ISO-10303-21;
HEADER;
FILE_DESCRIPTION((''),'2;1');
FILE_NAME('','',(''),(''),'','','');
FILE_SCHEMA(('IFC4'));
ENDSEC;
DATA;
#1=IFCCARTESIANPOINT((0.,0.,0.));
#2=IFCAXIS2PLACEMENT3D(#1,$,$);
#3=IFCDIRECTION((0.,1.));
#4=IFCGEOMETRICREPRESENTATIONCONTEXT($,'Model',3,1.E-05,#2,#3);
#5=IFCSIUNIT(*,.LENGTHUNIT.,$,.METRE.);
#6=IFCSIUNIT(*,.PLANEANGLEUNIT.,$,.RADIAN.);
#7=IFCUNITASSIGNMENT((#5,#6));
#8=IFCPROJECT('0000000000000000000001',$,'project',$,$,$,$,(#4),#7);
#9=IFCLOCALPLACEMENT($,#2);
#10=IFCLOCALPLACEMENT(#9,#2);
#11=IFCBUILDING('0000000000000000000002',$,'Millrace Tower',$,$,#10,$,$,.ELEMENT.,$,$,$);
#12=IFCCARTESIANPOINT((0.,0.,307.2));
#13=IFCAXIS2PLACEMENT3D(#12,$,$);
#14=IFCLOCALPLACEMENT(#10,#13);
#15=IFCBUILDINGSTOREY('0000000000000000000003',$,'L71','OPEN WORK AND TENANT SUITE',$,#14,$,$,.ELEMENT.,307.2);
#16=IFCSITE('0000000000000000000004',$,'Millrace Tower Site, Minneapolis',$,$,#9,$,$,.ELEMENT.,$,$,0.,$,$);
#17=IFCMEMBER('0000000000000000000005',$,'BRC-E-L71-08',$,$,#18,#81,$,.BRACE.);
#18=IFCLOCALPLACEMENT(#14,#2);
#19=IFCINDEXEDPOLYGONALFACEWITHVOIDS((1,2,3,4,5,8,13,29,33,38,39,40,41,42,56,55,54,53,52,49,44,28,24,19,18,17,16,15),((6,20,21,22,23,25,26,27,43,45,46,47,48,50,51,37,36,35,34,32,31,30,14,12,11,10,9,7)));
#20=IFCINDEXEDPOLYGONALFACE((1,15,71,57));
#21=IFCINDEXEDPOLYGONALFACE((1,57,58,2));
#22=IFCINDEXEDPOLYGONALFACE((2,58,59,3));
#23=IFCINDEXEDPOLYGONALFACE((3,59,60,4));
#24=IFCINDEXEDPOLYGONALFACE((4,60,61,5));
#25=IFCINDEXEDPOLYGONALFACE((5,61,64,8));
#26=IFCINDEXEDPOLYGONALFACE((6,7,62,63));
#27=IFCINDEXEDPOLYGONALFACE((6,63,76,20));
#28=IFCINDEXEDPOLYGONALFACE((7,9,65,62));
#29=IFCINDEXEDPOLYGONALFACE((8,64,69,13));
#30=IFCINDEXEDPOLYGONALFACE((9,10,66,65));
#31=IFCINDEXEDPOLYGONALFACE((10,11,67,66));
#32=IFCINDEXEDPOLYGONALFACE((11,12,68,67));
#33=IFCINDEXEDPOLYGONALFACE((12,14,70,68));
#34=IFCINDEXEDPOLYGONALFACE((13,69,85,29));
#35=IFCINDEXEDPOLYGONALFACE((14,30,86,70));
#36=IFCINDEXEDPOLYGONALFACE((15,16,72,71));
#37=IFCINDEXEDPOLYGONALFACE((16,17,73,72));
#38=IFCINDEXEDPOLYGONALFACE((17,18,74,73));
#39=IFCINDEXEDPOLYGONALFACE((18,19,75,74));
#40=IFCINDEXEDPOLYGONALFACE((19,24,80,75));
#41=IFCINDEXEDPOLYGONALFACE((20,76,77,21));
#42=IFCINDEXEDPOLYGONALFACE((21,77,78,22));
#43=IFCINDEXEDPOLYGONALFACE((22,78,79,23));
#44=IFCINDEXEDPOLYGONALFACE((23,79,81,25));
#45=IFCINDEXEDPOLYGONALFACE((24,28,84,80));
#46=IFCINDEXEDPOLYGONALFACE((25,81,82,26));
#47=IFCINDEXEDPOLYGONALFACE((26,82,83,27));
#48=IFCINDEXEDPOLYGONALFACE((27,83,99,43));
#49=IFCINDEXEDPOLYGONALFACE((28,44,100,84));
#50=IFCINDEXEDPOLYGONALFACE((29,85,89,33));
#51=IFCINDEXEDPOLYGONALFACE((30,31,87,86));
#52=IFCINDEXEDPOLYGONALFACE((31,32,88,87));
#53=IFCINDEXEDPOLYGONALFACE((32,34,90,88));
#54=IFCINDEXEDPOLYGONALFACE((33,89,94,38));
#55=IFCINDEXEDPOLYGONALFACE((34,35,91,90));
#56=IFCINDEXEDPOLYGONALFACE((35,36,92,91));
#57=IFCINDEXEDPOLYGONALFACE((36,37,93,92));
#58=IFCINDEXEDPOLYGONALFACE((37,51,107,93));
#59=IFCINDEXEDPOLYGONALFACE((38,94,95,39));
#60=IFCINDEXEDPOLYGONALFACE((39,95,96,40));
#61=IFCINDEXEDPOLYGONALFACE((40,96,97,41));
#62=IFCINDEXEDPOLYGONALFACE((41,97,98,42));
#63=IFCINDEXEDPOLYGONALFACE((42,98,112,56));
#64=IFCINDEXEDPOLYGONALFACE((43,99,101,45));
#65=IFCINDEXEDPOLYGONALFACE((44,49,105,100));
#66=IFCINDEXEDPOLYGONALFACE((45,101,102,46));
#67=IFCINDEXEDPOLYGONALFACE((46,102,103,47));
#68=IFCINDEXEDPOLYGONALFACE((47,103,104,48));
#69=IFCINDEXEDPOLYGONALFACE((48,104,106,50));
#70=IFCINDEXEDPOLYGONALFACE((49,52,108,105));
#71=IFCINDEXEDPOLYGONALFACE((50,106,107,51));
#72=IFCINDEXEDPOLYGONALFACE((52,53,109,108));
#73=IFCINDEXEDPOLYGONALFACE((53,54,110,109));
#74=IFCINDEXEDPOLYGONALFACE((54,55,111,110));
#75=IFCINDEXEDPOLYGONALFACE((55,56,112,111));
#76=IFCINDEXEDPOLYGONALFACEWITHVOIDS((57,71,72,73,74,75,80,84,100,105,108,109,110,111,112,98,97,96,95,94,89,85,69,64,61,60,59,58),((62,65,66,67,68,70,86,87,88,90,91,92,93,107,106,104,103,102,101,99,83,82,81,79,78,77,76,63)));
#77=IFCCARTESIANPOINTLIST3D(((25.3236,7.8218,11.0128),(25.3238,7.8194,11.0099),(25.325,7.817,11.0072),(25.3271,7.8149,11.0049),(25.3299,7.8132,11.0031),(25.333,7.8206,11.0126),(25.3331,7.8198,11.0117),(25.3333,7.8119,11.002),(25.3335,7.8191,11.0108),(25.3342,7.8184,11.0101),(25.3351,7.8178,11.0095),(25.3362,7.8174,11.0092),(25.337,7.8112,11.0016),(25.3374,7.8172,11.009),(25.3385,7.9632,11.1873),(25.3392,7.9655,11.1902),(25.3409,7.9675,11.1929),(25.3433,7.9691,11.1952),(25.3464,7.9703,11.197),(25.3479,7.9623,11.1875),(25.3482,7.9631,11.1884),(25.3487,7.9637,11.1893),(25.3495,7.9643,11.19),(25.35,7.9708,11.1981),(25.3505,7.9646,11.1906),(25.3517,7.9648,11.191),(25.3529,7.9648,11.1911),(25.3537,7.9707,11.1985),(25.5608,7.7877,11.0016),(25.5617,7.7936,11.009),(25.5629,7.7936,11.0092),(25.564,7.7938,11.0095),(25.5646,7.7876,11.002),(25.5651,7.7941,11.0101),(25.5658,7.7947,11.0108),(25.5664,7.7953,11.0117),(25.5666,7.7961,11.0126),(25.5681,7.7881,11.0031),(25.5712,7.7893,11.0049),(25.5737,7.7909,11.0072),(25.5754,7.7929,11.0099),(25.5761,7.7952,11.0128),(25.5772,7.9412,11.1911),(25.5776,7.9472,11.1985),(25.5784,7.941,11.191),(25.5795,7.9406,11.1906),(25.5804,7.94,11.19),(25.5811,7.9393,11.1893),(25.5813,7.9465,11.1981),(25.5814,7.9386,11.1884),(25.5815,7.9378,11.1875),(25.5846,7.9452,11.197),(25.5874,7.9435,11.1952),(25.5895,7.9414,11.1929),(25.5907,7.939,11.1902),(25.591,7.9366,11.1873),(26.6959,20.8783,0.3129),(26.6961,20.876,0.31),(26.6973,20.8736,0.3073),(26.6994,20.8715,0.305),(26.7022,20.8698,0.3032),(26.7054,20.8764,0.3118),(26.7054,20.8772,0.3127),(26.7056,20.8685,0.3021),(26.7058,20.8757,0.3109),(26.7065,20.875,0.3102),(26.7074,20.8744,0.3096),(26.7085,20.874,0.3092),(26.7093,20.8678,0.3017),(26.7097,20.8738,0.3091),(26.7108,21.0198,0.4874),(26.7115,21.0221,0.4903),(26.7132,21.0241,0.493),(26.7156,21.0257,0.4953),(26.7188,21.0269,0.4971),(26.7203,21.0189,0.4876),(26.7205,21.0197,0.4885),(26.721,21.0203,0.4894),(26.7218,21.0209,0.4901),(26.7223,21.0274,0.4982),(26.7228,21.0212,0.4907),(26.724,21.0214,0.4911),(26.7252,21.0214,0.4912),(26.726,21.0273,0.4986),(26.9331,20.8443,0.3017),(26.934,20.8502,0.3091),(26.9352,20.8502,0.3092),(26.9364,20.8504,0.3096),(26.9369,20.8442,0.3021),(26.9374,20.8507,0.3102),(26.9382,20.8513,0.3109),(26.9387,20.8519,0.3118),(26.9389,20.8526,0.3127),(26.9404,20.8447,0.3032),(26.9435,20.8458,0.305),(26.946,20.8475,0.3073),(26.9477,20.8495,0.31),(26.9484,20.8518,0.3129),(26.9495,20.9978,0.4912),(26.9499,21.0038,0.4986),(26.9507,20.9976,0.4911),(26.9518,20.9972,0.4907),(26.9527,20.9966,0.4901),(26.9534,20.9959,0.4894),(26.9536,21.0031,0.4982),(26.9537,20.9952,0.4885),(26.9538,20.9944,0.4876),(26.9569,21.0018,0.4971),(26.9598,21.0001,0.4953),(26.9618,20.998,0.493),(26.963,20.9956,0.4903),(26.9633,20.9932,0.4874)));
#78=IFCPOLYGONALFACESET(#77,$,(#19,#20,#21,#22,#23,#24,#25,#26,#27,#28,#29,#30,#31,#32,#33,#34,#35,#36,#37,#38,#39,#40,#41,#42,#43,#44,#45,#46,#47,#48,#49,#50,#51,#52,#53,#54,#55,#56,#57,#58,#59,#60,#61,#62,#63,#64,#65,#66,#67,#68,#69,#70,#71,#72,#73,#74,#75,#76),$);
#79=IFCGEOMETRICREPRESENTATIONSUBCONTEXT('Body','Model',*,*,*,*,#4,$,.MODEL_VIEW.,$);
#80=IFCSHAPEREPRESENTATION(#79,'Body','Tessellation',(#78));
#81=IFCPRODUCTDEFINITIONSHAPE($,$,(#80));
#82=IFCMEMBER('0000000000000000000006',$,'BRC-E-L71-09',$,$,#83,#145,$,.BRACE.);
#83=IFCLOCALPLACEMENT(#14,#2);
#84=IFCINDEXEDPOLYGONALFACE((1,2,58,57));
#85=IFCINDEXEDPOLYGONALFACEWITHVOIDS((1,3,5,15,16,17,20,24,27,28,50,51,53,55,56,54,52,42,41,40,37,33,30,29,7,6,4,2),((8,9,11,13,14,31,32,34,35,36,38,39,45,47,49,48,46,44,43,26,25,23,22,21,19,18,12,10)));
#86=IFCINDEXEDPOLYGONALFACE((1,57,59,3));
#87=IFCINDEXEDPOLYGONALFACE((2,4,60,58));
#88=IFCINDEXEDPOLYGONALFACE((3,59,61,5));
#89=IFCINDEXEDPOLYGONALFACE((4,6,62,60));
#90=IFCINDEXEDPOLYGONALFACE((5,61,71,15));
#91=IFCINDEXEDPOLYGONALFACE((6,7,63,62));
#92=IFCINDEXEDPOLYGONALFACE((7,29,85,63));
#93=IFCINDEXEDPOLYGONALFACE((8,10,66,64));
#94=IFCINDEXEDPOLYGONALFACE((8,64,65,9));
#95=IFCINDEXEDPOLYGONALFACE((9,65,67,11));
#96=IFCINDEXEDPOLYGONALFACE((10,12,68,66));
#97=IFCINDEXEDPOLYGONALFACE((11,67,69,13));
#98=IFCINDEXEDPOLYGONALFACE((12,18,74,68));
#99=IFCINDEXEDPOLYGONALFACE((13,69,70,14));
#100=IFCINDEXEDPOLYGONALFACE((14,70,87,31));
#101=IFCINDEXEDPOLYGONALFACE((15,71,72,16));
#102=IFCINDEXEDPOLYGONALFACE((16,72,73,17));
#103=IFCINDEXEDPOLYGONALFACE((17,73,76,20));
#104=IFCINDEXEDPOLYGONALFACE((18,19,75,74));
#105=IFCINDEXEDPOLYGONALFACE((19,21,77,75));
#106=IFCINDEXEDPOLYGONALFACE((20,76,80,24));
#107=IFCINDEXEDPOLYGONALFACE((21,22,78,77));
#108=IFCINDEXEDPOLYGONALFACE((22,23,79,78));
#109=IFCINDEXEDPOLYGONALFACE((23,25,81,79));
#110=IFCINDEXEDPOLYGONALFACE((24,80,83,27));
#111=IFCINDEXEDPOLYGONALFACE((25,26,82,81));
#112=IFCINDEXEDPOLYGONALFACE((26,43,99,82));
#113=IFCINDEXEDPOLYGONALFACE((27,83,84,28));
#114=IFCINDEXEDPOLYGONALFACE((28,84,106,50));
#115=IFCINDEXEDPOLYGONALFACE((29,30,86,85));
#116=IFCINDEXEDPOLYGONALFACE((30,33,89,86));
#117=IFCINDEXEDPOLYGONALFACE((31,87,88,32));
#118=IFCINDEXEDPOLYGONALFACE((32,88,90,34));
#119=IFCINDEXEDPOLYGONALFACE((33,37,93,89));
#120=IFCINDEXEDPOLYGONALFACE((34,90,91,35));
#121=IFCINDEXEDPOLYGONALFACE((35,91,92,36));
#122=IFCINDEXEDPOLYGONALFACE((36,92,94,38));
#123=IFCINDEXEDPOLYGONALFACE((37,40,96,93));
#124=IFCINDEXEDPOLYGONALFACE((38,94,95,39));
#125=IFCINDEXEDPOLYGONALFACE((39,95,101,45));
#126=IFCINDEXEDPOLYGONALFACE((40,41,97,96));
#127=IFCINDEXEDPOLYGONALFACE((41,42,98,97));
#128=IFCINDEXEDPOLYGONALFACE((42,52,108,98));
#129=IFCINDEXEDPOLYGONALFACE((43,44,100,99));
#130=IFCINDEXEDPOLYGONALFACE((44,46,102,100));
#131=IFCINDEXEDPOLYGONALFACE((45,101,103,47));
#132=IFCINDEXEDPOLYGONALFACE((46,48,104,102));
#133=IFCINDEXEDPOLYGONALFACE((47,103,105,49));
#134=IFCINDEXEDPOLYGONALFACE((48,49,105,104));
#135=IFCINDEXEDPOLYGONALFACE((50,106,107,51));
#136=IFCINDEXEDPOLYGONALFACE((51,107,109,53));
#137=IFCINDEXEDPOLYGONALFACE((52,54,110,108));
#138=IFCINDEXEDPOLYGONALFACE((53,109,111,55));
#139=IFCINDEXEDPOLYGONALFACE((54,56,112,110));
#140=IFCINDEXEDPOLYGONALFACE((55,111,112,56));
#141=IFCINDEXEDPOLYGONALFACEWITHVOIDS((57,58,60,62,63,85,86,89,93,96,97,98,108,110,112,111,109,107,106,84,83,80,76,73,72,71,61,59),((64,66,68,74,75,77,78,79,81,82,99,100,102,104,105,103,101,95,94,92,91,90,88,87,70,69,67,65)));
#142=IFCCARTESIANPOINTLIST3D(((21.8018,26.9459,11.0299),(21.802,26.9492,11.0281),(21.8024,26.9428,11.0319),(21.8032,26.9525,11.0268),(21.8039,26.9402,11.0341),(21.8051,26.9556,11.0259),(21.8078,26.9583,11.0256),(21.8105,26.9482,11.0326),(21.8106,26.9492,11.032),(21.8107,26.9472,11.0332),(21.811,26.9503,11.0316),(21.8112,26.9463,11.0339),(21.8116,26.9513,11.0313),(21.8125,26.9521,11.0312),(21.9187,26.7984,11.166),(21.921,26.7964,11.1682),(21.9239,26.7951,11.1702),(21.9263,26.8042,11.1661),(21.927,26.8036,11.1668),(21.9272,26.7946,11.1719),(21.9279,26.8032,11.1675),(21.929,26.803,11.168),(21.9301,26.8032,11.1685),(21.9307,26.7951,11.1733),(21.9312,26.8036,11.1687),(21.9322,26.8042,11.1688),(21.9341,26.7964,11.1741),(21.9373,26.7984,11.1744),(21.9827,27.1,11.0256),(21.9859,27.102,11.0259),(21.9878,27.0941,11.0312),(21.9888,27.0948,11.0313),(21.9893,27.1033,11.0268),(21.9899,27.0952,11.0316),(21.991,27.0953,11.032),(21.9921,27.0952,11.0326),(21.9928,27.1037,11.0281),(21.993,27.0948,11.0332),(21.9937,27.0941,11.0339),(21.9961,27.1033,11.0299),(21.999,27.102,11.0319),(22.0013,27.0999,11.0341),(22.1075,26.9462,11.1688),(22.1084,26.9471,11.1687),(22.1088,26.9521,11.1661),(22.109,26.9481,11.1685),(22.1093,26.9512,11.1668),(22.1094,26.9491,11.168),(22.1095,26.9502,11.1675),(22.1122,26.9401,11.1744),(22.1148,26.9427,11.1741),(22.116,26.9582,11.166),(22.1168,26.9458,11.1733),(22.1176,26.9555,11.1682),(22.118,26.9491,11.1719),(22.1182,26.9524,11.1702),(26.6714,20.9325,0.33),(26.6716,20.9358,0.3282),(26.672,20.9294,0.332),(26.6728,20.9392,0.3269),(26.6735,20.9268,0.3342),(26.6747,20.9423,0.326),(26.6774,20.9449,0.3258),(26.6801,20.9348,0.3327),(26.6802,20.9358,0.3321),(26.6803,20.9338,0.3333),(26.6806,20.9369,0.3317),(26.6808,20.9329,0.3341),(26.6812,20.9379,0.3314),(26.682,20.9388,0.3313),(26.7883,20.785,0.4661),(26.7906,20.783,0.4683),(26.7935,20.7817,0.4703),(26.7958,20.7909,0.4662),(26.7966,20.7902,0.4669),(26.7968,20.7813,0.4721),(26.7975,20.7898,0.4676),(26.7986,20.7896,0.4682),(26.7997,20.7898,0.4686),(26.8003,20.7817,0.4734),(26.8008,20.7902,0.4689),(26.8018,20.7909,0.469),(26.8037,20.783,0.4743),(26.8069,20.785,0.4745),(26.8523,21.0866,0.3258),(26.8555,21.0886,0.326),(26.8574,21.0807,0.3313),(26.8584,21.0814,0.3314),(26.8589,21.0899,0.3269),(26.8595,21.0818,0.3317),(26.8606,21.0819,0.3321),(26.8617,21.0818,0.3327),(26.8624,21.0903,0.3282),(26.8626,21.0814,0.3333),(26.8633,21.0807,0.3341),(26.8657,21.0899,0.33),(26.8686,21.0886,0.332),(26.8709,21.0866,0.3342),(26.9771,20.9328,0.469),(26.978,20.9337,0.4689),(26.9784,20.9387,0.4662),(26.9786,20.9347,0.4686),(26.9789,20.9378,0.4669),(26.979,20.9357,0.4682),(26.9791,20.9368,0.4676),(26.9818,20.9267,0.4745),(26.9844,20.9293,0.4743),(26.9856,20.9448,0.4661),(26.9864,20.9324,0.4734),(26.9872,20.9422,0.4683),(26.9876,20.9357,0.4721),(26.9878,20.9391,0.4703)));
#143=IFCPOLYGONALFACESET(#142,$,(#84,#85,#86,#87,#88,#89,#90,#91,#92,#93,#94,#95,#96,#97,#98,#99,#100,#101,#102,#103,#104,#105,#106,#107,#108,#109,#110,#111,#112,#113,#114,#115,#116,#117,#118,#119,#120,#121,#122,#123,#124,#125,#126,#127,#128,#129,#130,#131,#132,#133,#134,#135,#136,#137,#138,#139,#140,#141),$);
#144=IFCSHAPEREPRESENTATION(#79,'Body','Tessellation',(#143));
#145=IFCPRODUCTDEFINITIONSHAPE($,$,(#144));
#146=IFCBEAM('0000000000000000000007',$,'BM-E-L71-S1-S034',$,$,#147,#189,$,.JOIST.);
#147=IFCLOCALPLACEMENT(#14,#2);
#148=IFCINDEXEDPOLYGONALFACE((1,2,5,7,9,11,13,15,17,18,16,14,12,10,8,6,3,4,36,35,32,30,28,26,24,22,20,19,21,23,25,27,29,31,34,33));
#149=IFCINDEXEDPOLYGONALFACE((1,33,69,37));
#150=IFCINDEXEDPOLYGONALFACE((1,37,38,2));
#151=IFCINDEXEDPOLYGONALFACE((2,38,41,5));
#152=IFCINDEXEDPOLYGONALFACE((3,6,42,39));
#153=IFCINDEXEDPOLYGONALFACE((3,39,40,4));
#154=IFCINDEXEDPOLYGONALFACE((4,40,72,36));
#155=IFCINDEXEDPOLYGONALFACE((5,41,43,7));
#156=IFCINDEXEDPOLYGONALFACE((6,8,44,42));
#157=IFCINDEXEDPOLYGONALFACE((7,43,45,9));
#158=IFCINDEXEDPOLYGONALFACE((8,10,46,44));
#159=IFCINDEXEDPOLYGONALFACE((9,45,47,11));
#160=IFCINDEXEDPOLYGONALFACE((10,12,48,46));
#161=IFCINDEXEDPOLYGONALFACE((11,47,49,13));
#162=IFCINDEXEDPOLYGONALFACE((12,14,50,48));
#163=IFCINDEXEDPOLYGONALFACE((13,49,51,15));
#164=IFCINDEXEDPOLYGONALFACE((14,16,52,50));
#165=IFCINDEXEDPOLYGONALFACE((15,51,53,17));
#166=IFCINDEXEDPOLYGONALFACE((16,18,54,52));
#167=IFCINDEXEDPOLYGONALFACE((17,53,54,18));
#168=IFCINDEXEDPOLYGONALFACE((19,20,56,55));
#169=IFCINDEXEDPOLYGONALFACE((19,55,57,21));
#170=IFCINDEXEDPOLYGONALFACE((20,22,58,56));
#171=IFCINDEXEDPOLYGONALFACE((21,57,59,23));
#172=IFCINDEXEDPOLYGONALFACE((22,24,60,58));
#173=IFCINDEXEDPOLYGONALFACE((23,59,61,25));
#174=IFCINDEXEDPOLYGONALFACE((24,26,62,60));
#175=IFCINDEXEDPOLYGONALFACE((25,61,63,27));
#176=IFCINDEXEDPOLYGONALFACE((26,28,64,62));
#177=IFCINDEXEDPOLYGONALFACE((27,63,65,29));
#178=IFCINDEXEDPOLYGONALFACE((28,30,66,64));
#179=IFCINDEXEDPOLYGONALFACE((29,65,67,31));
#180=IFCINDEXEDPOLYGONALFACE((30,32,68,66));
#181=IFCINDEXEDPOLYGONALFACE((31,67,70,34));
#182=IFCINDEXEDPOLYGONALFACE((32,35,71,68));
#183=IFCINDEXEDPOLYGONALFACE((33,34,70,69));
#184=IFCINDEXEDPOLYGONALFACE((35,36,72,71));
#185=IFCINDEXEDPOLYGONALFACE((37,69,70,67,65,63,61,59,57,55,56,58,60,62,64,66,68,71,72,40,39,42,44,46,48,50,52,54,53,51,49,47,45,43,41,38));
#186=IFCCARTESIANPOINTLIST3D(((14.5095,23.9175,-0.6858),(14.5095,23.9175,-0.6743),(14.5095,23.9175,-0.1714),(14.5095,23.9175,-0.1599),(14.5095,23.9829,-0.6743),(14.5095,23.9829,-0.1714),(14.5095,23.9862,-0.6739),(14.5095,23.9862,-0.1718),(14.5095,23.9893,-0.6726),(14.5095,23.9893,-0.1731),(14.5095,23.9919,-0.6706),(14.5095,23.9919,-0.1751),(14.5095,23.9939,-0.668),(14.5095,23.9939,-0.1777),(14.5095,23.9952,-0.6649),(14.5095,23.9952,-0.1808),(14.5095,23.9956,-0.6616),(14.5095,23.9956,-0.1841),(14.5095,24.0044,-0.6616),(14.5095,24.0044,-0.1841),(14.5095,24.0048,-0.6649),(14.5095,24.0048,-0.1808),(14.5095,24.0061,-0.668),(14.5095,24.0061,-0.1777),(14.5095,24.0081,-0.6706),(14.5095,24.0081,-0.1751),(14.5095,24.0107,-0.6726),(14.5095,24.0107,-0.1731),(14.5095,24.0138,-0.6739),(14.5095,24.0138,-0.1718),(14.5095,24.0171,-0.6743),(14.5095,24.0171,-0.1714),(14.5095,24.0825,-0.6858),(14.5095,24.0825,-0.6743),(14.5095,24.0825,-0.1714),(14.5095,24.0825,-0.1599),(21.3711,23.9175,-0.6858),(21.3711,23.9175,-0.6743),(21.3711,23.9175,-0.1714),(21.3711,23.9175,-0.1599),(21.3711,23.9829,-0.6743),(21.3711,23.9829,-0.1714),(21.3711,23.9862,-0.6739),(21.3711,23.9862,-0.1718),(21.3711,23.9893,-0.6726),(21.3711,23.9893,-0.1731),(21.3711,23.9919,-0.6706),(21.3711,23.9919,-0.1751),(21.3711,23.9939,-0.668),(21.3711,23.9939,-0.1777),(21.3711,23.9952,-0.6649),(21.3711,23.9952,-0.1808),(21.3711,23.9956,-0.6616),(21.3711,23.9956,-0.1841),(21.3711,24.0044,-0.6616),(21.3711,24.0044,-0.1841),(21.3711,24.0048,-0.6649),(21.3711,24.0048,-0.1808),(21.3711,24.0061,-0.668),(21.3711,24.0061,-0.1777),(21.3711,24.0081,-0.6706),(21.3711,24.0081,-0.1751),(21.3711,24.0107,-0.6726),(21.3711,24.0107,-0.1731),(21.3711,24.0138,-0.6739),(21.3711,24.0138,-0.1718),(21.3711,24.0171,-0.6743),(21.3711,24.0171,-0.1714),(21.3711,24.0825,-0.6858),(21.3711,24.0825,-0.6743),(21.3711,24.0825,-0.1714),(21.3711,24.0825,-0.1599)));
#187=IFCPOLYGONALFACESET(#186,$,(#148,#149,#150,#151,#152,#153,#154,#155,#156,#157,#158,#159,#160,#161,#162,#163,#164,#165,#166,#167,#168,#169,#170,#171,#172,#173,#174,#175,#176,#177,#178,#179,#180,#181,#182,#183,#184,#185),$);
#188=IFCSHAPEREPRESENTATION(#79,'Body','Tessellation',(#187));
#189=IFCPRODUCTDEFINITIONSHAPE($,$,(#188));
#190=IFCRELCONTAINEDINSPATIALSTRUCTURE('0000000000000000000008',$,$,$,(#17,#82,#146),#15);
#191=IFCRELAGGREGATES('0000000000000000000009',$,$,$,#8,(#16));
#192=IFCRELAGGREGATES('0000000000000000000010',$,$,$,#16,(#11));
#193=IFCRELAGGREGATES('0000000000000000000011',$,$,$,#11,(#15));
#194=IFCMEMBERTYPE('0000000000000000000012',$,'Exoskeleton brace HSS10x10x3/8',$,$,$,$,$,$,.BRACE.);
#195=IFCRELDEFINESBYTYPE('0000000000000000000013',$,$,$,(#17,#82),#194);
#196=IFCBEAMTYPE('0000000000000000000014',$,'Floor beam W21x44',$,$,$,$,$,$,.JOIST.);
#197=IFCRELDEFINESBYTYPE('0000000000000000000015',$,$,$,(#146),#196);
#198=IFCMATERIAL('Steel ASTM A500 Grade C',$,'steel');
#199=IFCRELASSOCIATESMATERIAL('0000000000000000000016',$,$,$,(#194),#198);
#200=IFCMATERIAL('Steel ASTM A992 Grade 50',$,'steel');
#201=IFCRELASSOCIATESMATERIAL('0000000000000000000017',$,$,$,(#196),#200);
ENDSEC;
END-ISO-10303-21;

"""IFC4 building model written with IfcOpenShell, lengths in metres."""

from ifc_helpers import new_model, si_unit, direction, frame, origin, origin_2d, place, context, subcontext, project, spatial, hollow_rectangle, i_section, extrude, material, material_profile, profile_set, type_object, element, save


model = new_model("IFC4")

# Units and contexts
model_context = context("Model", 3, precision=1e-05, world=origin(), true_north=direction((0.0, 1.0)))
body_context = subcontext(model_context, "Body", "Model", "MODEL_VIEW")
ifc_project = project(units=[si_unit("LENGTHUNIT", "METRE"), si_unit("PLANEANGLEUNIT", "RADIAN")], contexts=[model_context])

# Site, building, storey
site_placement = place(None, origin())
site = spatial("IfcSite", under=ifc_project, at=site_placement, Name="Millrace Tower Site, Minneapolis", CompositionType="ELEMENT", RefElevation=0.0)
building_placement = place(site_placement, origin())
building = spatial("IfcBuilding", under=site, at=building_placement, Name="Millrace Tower", CompositionType="ELEMENT")
storey_placement = place(building_placement, frame((0.0, 0.0, 307.2)))
storey = spatial("IfcBuildingStorey", under=building, at=storey_placement, Name="L71", Description="OPEN WORK AND TENANT SUITE", CompositionType="ELEMENT", Elevation=307.2)

# Members
ifc_material_1 = material(Name="Steel ASTM A500 Grade C", Category="steel")
ifc_material_profile_1 = material_profile(ifc_material_1, hollow_rectangle(XDim=0.2539, YDim=0.2539, WallThickness=0.0095, InnerFilletRadius=0.0046, OuterFilletRadius=0.0144, at=origin_2d()))
ifc_profile_set_1 = profile_set([ifc_material_profile_1], Name="Steel ASTM A500 Grade C")
member_type_1 = type_object("IfcMemberType", Name="Exoskeleton brace HSS10x10x3/8", PredefinedType="BRACE", material=ifc_profile_set_1)
member_1_placement = place(storey_placement, frame((26.8296, 20.9358, 0.4001), z_axis=(-0.081027, -0.770913, 0.631765), x_axis=(0.994522, -0.104529, 0.0)))
element("IfcMember", 1, at=member_1_placement, inside=storey, type_object=member_type_1, Name="BRC-E-L71-08", PredefinedType="BRACE", context=body_context, shape_type="SweptSolid", body=[
    extrude(hollow_rectangle(XDim=0.2539, YDim=0.2539, WallThickness=0.0095, InnerFilletRadius=0.0046, OuterFilletRadius=0.0144, at=origin_2d()), origin(), (0.0, 0.0, 1.0), 16.9365),
])
member_2_placement = place(storey_placement, frame((26.8296, 20.9358, 0.4001), z_axis=(-0.368781, 0.455401, 0.810315), x_axis=(-0.777143, -0.629324, 0.0)))
element("IfcMember", 2, at=member_2_placement, inside=storey, type_object=member_type_1, Name="BRC-E-L71-09", PredefinedType="BRACE", context=body_context, shape_type="SweptSolid", body=[
    extrude(hollow_rectangle(XDim=0.2539, YDim=0.2539, WallThickness=0.0095, InnerFilletRadius=0.0046, OuterFilletRadius=0.0144, at=origin_2d()), origin(), (0.0, 0.0, 1.0), 13.2046),
])

# Beam
ifc_material_2 = material(Name="Steel ASTM A992 Grade 50", Category="steel")
ifc_material_profile_2 = material_profile(ifc_material_2, i_section(OverallWidth=0.165, OverallDepth=0.5259, WebThickness=0.0088, FlangeThickness=0.0115, FilletRadius=0.0127, at=origin_2d()))
ifc_profile_set_2 = profile_set([ifc_material_profile_2], Name="Steel ASTM A992 Grade 50")
beam_type_1 = type_object("IfcBeamType", Name="Floor beam W21x44", PredefinedType="JOIST", material=ifc_profile_set_2)
beam_1_placement = place(storey_placement, frame((14.5095, 24.0, -0.4229), z_axis=(1.0, 0.0, 0.0), x_axis=(0.0, 1.0, 0.0)))
element("IfcBeam", 3, at=beam_1_placement, inside=storey, type_object=beam_type_1, Name="BM-E-L71-S1-S034", PredefinedType="JOIST", context=body_context, shape_type="SweptSolid", body=[
    extrude(i_section(OverallWidth=0.165, OverallDepth=0.5259, WebThickness=0.0088, FlangeThickness=0.0115, FilletRadius=0.0127, at=origin_2d()), origin(), (0.0, 0.0, 1.0), 6.8616),
])

save(model, "model.ifc")
